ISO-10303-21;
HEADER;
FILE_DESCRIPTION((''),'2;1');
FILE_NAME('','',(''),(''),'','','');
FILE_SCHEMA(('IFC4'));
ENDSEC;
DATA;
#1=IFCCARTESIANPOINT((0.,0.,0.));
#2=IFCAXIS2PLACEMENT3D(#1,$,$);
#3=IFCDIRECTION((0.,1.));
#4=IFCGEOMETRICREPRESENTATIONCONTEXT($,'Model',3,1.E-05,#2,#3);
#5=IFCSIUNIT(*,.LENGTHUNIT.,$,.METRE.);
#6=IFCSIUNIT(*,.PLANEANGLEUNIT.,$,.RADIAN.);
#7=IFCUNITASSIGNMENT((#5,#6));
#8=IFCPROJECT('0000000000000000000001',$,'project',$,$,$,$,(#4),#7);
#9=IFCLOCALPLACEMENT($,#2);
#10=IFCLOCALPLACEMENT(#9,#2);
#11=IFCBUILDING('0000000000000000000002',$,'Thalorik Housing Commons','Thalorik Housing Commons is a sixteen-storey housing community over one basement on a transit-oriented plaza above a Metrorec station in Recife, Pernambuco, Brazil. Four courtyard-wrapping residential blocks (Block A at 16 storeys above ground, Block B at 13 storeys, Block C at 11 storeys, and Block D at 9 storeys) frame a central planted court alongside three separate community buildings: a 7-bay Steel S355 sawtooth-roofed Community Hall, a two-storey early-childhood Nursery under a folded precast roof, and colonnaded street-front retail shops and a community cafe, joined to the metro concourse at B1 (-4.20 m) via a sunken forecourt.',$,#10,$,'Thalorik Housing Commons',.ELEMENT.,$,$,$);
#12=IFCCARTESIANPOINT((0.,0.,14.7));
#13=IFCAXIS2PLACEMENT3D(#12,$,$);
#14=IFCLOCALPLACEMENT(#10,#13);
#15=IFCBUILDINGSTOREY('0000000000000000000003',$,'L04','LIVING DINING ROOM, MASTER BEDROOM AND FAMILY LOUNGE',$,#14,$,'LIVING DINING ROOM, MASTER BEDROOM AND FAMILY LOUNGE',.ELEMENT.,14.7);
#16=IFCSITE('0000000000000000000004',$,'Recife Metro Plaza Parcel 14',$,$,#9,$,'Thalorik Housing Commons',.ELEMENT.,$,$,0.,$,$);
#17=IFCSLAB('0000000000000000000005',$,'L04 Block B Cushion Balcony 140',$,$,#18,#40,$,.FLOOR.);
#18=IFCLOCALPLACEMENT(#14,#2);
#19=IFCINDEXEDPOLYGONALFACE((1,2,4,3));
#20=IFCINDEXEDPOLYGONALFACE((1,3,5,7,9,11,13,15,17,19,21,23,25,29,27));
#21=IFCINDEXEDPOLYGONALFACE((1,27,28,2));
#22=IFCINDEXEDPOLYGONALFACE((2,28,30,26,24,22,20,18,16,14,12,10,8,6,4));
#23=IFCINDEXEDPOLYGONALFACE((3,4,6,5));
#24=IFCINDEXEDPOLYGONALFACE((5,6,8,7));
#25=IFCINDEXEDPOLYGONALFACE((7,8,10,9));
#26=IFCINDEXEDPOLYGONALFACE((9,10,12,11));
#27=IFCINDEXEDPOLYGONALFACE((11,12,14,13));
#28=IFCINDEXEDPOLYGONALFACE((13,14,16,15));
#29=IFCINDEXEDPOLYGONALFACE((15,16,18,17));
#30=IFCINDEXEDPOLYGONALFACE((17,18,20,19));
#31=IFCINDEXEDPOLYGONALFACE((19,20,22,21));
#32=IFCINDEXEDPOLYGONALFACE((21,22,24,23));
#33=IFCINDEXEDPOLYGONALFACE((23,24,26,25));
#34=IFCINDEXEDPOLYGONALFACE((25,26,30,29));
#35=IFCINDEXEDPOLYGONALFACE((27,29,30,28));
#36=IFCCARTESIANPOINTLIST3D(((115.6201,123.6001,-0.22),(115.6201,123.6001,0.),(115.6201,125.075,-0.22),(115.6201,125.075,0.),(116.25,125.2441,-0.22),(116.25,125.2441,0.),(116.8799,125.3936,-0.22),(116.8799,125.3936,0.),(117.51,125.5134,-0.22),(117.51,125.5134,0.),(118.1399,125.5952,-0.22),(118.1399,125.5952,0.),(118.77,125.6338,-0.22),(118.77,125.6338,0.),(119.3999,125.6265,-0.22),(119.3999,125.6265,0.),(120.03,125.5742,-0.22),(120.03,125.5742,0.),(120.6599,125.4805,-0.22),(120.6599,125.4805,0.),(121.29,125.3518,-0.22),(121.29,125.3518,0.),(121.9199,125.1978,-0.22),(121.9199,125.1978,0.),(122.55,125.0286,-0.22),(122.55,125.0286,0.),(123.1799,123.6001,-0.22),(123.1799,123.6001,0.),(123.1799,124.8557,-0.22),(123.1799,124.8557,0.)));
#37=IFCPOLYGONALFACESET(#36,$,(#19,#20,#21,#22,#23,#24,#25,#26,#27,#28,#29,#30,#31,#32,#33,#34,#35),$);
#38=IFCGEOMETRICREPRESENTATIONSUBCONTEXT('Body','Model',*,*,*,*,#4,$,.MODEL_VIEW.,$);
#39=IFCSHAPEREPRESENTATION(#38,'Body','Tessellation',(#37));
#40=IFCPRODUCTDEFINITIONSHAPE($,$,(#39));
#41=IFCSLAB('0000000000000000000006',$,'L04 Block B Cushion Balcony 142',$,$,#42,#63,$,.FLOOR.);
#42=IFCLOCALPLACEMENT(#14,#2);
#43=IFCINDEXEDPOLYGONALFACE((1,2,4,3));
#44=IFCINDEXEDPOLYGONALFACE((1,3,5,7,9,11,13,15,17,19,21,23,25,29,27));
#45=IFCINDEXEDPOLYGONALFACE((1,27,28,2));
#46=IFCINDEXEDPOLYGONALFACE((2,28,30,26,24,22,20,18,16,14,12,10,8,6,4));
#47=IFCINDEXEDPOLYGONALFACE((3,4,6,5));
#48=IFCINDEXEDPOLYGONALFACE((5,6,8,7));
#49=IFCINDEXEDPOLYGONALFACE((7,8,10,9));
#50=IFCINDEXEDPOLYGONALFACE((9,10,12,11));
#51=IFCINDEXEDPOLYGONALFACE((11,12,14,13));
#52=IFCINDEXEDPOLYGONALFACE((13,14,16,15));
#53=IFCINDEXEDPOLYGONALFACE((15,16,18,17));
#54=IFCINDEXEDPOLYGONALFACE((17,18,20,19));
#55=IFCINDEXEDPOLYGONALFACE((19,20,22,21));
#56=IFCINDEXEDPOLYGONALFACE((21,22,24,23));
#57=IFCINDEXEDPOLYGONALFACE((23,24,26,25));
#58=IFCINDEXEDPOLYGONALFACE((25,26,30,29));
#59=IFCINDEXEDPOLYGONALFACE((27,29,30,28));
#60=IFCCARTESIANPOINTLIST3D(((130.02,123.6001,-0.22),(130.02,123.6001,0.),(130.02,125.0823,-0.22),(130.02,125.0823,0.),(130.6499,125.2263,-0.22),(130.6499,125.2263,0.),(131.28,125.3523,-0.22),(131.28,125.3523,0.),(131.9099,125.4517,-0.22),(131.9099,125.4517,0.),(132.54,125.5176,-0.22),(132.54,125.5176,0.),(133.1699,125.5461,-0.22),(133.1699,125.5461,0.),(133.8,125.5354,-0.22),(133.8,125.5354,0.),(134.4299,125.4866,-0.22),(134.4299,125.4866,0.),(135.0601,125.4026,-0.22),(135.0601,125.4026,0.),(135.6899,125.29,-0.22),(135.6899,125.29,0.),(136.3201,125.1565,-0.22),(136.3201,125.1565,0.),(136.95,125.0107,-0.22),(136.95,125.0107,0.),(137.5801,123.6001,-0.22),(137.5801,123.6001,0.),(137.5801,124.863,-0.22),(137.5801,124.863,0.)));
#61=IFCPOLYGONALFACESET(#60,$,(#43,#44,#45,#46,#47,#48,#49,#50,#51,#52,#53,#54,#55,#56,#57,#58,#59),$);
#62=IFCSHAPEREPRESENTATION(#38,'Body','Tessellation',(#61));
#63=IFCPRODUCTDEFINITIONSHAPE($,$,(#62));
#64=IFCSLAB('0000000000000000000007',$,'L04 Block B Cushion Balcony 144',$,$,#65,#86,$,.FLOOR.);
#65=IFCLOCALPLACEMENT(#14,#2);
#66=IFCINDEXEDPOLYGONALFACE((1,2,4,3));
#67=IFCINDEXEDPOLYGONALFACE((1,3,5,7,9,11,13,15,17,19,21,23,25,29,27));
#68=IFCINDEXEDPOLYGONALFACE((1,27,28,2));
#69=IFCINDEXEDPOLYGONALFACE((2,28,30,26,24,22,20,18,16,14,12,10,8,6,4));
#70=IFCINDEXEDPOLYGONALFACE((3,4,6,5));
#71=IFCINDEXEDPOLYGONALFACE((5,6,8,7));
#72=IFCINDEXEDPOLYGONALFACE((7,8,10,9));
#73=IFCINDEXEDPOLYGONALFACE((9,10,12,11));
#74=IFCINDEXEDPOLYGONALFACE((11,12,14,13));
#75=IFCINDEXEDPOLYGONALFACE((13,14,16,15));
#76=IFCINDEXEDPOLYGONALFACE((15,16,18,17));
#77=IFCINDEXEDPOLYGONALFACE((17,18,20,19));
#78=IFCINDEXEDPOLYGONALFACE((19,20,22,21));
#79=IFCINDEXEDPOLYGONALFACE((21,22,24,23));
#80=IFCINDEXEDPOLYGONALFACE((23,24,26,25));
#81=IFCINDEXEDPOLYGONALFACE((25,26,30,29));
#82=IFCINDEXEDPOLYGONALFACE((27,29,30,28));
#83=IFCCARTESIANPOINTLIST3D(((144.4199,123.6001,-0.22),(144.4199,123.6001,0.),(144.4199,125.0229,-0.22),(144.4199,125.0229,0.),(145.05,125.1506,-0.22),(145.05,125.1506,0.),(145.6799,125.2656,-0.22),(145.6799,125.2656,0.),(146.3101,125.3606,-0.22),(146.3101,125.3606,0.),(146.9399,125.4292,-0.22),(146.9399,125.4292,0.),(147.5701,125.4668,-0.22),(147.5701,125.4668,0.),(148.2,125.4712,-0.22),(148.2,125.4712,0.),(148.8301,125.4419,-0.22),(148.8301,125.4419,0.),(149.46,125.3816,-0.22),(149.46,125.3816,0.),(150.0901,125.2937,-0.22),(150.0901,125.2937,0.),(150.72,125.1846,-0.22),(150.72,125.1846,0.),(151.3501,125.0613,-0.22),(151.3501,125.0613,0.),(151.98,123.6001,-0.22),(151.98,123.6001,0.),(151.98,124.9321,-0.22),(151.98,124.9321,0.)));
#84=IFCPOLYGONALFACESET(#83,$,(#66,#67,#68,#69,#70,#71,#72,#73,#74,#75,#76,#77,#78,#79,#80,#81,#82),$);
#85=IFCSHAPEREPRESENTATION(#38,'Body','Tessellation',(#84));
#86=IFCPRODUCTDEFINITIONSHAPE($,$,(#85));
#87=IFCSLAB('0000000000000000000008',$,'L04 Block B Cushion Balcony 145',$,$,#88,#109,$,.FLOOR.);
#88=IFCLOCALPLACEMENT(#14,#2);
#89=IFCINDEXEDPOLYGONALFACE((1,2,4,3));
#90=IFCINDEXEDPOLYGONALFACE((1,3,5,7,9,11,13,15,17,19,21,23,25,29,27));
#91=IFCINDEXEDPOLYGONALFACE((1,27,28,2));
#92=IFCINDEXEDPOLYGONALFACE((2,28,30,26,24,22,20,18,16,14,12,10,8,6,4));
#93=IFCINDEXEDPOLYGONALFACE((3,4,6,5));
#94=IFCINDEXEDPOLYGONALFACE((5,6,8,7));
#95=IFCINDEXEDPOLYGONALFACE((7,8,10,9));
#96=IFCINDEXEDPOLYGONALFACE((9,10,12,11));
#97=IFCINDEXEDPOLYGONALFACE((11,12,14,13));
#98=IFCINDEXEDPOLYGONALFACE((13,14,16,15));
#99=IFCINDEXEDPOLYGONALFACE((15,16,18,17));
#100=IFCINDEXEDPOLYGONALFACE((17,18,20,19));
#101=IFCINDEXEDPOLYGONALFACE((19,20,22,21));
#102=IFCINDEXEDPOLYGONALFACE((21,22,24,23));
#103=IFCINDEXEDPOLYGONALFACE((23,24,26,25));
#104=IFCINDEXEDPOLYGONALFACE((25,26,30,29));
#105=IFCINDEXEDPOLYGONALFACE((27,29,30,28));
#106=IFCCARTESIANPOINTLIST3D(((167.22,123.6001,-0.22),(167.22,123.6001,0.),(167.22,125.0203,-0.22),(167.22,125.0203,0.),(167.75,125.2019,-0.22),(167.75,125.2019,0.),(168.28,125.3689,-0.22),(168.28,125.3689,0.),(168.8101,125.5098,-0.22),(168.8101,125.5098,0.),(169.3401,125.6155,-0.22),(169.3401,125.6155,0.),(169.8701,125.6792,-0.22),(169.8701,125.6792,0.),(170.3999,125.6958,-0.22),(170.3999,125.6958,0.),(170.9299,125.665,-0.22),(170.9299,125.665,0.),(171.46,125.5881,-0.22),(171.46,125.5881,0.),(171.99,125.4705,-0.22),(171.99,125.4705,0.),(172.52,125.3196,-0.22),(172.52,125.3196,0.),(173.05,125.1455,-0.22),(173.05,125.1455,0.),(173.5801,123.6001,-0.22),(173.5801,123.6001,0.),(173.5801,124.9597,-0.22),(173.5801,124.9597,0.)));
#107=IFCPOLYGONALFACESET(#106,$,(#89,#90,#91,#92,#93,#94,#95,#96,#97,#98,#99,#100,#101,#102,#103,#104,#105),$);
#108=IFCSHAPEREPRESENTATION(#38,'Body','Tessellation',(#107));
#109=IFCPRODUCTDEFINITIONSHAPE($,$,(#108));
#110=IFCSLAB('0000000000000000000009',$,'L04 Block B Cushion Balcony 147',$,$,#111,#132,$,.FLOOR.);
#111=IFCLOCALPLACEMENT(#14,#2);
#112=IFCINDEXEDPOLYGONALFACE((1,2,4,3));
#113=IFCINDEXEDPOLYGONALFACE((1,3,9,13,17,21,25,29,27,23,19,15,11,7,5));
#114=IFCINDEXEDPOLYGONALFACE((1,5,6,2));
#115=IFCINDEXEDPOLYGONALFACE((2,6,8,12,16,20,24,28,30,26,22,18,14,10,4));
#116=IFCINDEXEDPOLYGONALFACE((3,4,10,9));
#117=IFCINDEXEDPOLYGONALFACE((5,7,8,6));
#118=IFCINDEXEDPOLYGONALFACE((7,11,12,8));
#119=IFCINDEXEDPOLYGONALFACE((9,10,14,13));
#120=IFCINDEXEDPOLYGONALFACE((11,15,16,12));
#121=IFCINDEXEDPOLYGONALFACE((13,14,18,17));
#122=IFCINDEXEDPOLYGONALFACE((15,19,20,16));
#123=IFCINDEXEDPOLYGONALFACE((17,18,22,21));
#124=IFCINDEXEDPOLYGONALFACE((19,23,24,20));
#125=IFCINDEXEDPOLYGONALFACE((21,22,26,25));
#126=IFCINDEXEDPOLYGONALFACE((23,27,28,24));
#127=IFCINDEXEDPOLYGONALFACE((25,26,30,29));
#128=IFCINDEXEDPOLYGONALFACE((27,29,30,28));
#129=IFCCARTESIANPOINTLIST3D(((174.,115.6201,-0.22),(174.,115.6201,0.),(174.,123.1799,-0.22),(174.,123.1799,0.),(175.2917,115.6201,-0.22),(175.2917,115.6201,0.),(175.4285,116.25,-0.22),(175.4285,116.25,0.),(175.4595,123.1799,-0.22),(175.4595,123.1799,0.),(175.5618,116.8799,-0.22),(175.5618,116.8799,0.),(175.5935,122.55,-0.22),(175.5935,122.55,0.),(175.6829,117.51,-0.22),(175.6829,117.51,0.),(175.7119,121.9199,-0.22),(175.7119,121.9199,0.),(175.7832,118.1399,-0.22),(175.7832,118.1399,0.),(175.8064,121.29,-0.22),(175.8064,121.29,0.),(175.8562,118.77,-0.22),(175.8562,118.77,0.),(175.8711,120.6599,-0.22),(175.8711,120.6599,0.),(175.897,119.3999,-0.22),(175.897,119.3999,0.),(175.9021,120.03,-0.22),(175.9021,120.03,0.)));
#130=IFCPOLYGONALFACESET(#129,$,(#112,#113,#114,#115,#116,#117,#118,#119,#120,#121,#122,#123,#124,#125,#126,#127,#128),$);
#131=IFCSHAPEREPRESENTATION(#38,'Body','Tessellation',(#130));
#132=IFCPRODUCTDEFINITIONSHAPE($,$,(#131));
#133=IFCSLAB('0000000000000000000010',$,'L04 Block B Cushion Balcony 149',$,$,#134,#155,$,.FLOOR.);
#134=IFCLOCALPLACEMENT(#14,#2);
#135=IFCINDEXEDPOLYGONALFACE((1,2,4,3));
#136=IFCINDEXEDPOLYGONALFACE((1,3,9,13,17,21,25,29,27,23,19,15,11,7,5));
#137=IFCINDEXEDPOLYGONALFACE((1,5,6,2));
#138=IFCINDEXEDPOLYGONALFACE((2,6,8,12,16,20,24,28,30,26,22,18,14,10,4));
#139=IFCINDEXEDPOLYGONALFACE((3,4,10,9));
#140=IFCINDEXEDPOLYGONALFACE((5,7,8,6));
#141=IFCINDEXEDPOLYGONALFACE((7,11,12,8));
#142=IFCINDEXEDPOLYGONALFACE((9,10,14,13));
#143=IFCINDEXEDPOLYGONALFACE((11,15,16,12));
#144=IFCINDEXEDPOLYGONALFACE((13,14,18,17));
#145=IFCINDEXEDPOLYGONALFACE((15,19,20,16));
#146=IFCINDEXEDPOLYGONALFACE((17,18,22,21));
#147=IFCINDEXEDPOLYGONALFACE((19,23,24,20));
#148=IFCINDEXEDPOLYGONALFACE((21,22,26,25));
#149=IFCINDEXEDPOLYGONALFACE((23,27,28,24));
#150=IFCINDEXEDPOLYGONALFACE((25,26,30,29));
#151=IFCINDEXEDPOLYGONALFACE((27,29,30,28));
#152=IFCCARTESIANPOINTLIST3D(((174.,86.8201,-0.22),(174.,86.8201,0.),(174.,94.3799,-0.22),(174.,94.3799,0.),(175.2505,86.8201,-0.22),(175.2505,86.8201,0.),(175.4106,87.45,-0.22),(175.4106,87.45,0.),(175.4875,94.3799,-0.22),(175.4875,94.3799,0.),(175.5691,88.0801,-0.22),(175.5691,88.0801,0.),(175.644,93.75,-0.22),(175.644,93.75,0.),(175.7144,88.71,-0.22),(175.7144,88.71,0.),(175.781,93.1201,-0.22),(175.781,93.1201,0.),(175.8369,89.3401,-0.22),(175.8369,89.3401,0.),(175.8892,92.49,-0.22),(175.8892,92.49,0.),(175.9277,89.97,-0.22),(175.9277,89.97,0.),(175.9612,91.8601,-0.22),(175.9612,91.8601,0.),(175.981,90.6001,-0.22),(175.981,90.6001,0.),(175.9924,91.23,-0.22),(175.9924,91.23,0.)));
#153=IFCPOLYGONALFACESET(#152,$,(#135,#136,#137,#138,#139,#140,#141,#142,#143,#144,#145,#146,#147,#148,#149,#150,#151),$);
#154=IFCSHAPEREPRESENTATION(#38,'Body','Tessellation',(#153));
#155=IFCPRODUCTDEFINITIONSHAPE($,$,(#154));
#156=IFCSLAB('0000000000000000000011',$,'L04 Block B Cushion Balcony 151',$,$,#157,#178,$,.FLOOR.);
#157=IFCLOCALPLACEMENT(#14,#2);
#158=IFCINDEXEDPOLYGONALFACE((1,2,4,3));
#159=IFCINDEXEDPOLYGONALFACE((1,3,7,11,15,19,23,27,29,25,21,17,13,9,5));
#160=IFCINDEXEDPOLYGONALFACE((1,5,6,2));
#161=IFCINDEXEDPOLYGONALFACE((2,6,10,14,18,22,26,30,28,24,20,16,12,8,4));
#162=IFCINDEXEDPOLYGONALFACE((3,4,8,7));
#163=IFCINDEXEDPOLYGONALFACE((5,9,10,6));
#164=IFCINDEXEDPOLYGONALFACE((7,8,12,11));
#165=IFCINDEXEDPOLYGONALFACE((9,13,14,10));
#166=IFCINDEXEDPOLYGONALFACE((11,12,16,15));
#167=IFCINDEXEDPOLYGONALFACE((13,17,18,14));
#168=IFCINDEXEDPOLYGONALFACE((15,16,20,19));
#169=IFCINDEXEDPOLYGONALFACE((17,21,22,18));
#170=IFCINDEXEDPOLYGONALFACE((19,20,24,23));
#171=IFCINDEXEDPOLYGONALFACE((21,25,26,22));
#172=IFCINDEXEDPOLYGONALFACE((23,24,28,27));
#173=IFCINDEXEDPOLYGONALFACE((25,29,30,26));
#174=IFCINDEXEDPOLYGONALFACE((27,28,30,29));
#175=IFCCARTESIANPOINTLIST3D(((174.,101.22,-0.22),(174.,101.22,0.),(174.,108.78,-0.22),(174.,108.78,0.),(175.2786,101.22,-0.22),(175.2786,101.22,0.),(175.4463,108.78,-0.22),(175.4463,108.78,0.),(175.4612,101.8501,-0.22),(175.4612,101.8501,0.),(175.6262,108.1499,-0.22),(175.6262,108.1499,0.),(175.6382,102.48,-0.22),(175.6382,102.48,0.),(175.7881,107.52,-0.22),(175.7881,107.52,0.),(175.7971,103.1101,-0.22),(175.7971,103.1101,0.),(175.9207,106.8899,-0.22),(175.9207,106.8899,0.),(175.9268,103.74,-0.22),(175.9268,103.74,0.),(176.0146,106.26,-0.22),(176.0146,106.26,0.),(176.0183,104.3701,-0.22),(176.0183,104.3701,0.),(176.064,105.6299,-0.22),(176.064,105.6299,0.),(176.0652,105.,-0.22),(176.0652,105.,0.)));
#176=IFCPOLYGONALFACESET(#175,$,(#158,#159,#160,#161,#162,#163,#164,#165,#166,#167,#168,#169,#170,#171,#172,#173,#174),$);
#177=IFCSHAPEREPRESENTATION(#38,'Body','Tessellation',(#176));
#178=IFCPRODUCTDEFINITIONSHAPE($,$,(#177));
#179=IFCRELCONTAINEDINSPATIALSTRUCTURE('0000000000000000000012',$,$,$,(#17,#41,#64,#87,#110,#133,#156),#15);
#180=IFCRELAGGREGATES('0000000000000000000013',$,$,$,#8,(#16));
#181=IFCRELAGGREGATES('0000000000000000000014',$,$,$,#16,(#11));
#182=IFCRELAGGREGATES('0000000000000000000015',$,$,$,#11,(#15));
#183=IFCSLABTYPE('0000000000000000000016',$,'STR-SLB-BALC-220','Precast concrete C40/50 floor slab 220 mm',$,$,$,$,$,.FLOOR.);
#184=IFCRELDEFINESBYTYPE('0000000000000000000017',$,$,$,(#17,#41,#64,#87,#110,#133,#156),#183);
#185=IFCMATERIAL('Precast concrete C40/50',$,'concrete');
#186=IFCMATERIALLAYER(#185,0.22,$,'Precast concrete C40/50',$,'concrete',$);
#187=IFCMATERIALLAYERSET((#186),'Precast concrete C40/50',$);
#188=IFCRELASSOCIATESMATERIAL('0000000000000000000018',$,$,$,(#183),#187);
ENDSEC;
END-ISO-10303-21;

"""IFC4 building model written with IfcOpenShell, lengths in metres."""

from ifc_helpers import new_model, si_unit, direction, frame, origin, place, context, subcontext, project, spatial, polyline, outline, extrude, material, layer, layer_set, type_object, element, save


model = new_model("IFC4")

# Units and contexts
model_context = context("Model", 3, precision=1e-05, world=origin(), true_north=direction((0.0, 1.0)))
body_context = subcontext(model_context, "Body", "Model", "MODEL_VIEW")
ifc_project = project(units=[si_unit("LENGTHUNIT", "METRE"), si_unit("PLANEANGLEUNIT", "RADIAN")], contexts=[model_context])

# Site, building, storey
site_placement = place(None, origin())
site = spatial("IfcSite", under=ifc_project, at=site_placement, Name="Recife Metro Plaza Parcel 14", LongName="Thalorik Housing Commons", CompositionType="ELEMENT", RefElevation=0.0)
building_placement = place(site_placement, origin())
building = spatial("IfcBuilding", under=site, at=building_placement, Name="Thalorik Housing Commons", Description="Thalorik Housing Commons is a sixteen-storey housing community over one basement on a transit-oriented plaza above a Metrorec station in Recife, Pernambuco, Brazil. Four courtyard-wrapping residential blocks (Block A at 16 storeys above ground, Block B at 13 storeys, Block C at 11 storeys, and Block D at 9 storeys) frame a central planted court alongside three separate community buildings: a 7-bay Steel S355 sawtooth-roofed Community Hall, a two-storey early-childhood Nursery under a folded precast roof, and colonnaded street-front retail shops and a community cafe, joined to the metro concourse at B1 (-4.20 m) via a sunken forecourt.", LongName="Thalorik Housing Commons", CompositionType="ELEMENT")
storey_placement = place(building_placement, frame((0.0, 0.0, 14.7)))
storey = spatial("IfcBuildingStorey", under=building, at=storey_placement, Name="L04", Description="LIVING DINING ROOM, MASTER BEDROOM AND FAMILY LOUNGE", LongName="LIVING DINING ROOM, MASTER BEDROOM AND FAMILY LOUNGE", CompositionType="ELEMENT", Elevation=14.7)

# Slabs
ifc_material_1 = material(Name="Precast concrete C40/50", Category="concrete")
ifc_layer_1 = layer(ifc_material_1, 0.22, Name="Precast concrete C40/50", Category="concrete")
ifc_layer_set_1 = layer_set([ifc_layer_1], Name="Precast concrete C40/50")
slab_type_1 = type_object("IfcSlabType", Name="STR-SLB-BALC-220", Description="Precast concrete C40/50 floor slab 220 mm", PredefinedType="FLOOR", material=ifc_layer_set_1)
slab_1_placement = place(storey_placement, frame((0.0, 0.0, -0.22)))
element("IfcSlab", 1, at=slab_1_placement, inside=storey, type_object=slab_type_1, Name="L04 Block B Cushion Balcony 140", PredefinedType="FLOOR", context=body_context, shape_type="SweptSolid", body=[
    extrude(outline(polyline([(115.6201, 123.6001), (123.1799, 123.6001), (123.1799, 124.8557), (122.55, 125.0286), (121.9199, 125.1978), (121.29, 125.3518), (120.6599, 125.4805), (120.03, 125.5742), (119.3999, 125.6265), (118.77, 125.6338), (118.1399, 125.5952), (117.51, 125.5134), (116.8799, 125.3936), (116.25, 125.2441), (115.6201, 125.075), (115.6201, 123.6001)])), origin(), (0.0, 0.0, 1.0), 0.22),
])
slab_2_placement = place(storey_placement, frame((0.0, 0.0, -0.22)))
element("IfcSlab", 2, at=slab_2_placement, inside=storey, type_object=slab_type_1, Name="L04 Block B Cushion Balcony 142", PredefinedType="FLOOR", context=body_context, shape_type="SweptSolid", body=[
    extrude(outline(polyline([(130.02, 123.6001), (137.5801, 123.6001), (137.5801, 124.863), (136.95, 125.0107), (136.3201, 125.1565), (135.6899, 125.29), (135.0601, 125.4026), (134.4299, 125.4866), (133.8, 125.5354), (133.1699, 125.5461), (132.54, 125.5176), (131.9099, 125.4517), (131.28, 125.3523), (130.6499, 125.2263), (130.02, 125.0823), (130.02, 123.6001)])), origin(), (0.0, 0.0, 1.0), 0.22),
])
slab_3_placement = place(storey_placement, frame((0.0, 0.0, -0.22)))
element("IfcSlab", 3, at=slab_3_placement, inside=storey, type_object=slab_type_1, Name="L04 Block B Cushion Balcony 144", PredefinedType="FLOOR", context=body_context, shape_type="SweptSolid", body=[
    extrude(outline(polyline([(144.4199, 123.6001), (151.98, 123.6001), (151.98, 124.9321), (151.3501, 125.0613), (150.72, 125.1846), (150.0901, 125.2937), (149.46, 125.3816), (148.8301, 125.4419), (148.2, 125.4712), (147.5701, 125.4668), (146.9399, 125.4292), (146.3101, 125.3606), (145.6799, 125.2656), (145.05, 125.1506), (144.4199, 125.0229), (144.4199, 123.6001)])), origin(), (0.0, 0.0, 1.0), 0.22),
])
slab_4_placement = place(storey_placement, frame((0.0, 0.0, -0.22)))
element("IfcSlab", 4, at=slab_4_placement, inside=storey, type_object=slab_type_1, Name="L04 Block B Cushion Balcony 145", PredefinedType="FLOOR", context=body_context, shape_type="SweptSolid", body=[
    extrude(outline(polyline([(167.22, 123.6001), (173.5801, 123.6001), (173.5801, 124.9597), (173.05, 125.1455), (172.52, 125.3196), (171.99, 125.4705), (171.46, 125.5881), (170.9299, 125.665), (170.3999, 125.6958), (169.8701, 125.6792), (169.3401, 125.6155), (168.8101, 125.5098), (168.28, 125.3689), (167.75, 125.2019), (167.22, 125.0203), (167.22, 123.6001)])), origin(), (0.0, 0.0, 1.0), 0.22),
])
slab_5_placement = place(storey_placement, frame((0.0, 0.0, -0.22)))
element("IfcSlab", 5, at=slab_5_placement, inside=storey, type_object=slab_type_1, Name="L04 Block B Cushion Balcony 147", PredefinedType="FLOOR", context=body_context, shape_type="SweptSolid", body=[
    extrude(outline(polyline([(175.2917, 115.6201), (175.4285, 116.25), (175.5618, 116.8799), (175.6829, 117.51), (175.7832, 118.1399), (175.8562, 118.77), (175.897, 119.3999), (175.9021, 120.03), (175.8711, 120.6599), (175.8064, 121.29), (175.7119, 121.9199), (175.5935, 122.55), (175.4595, 123.1799), (174.0, 123.1799), (174.0, 115.6201), (175.2917, 115.6201)])), origin(), (0.0, 0.0, 1.0), 0.22),
])
slab_6_placement = place(storey_placement, frame((0.0, 0.0, -0.22)))
element("IfcSlab", 6, at=slab_6_placement, inside=storey, type_object=slab_type_1, Name="L04 Block B Cushion Balcony 149", PredefinedType="FLOOR", context=body_context, shape_type="SweptSolid", body=[
    extrude(outline(polyline([(175.2505, 86.8201), (175.4106, 87.45), (175.5691, 88.0801), (175.7144, 88.71), (175.8369, 89.3401), (175.9277, 89.97), (175.981, 90.6001), (175.9924, 91.23), (175.9612, 91.8601), (175.8892, 92.49), (175.781, 93.1201), (175.644, 93.75), (175.4875, 94.3799), (174.0, 94.3799), (174.0, 86.8201), (175.2505, 86.8201)])), origin(), (0.0, 0.0, 1.0), 0.22),
])
slab_7_placement = place(storey_placement, frame((0.0, 0.0, -0.22)))
element("IfcSlab", 7, at=slab_7_placement, inside=storey, type_object=slab_type_1, Name="L04 Block B Cushion Balcony 151", PredefinedType="FLOOR", context=body_context, shape_type="SweptSolid", body=[
    extrude(outline(polyline([(175.2786, 101.22), (175.4612, 101.8501), (175.6382, 102.48), (175.7971, 103.1101), (175.9268, 103.74), (176.0183, 104.3701), (176.0652, 105.0), (176.064, 105.6299), (176.0146, 106.26), (175.9207, 106.8899), (175.7881, 107.52), (175.6262, 108.1499), (175.4463, 108.78), (174.0, 108.78), (174.0, 101.22), (175.2786, 101.22)])), origin(), (0.0, 0.0, 1.0), 0.22),
])

save(model, "model.ifc")
